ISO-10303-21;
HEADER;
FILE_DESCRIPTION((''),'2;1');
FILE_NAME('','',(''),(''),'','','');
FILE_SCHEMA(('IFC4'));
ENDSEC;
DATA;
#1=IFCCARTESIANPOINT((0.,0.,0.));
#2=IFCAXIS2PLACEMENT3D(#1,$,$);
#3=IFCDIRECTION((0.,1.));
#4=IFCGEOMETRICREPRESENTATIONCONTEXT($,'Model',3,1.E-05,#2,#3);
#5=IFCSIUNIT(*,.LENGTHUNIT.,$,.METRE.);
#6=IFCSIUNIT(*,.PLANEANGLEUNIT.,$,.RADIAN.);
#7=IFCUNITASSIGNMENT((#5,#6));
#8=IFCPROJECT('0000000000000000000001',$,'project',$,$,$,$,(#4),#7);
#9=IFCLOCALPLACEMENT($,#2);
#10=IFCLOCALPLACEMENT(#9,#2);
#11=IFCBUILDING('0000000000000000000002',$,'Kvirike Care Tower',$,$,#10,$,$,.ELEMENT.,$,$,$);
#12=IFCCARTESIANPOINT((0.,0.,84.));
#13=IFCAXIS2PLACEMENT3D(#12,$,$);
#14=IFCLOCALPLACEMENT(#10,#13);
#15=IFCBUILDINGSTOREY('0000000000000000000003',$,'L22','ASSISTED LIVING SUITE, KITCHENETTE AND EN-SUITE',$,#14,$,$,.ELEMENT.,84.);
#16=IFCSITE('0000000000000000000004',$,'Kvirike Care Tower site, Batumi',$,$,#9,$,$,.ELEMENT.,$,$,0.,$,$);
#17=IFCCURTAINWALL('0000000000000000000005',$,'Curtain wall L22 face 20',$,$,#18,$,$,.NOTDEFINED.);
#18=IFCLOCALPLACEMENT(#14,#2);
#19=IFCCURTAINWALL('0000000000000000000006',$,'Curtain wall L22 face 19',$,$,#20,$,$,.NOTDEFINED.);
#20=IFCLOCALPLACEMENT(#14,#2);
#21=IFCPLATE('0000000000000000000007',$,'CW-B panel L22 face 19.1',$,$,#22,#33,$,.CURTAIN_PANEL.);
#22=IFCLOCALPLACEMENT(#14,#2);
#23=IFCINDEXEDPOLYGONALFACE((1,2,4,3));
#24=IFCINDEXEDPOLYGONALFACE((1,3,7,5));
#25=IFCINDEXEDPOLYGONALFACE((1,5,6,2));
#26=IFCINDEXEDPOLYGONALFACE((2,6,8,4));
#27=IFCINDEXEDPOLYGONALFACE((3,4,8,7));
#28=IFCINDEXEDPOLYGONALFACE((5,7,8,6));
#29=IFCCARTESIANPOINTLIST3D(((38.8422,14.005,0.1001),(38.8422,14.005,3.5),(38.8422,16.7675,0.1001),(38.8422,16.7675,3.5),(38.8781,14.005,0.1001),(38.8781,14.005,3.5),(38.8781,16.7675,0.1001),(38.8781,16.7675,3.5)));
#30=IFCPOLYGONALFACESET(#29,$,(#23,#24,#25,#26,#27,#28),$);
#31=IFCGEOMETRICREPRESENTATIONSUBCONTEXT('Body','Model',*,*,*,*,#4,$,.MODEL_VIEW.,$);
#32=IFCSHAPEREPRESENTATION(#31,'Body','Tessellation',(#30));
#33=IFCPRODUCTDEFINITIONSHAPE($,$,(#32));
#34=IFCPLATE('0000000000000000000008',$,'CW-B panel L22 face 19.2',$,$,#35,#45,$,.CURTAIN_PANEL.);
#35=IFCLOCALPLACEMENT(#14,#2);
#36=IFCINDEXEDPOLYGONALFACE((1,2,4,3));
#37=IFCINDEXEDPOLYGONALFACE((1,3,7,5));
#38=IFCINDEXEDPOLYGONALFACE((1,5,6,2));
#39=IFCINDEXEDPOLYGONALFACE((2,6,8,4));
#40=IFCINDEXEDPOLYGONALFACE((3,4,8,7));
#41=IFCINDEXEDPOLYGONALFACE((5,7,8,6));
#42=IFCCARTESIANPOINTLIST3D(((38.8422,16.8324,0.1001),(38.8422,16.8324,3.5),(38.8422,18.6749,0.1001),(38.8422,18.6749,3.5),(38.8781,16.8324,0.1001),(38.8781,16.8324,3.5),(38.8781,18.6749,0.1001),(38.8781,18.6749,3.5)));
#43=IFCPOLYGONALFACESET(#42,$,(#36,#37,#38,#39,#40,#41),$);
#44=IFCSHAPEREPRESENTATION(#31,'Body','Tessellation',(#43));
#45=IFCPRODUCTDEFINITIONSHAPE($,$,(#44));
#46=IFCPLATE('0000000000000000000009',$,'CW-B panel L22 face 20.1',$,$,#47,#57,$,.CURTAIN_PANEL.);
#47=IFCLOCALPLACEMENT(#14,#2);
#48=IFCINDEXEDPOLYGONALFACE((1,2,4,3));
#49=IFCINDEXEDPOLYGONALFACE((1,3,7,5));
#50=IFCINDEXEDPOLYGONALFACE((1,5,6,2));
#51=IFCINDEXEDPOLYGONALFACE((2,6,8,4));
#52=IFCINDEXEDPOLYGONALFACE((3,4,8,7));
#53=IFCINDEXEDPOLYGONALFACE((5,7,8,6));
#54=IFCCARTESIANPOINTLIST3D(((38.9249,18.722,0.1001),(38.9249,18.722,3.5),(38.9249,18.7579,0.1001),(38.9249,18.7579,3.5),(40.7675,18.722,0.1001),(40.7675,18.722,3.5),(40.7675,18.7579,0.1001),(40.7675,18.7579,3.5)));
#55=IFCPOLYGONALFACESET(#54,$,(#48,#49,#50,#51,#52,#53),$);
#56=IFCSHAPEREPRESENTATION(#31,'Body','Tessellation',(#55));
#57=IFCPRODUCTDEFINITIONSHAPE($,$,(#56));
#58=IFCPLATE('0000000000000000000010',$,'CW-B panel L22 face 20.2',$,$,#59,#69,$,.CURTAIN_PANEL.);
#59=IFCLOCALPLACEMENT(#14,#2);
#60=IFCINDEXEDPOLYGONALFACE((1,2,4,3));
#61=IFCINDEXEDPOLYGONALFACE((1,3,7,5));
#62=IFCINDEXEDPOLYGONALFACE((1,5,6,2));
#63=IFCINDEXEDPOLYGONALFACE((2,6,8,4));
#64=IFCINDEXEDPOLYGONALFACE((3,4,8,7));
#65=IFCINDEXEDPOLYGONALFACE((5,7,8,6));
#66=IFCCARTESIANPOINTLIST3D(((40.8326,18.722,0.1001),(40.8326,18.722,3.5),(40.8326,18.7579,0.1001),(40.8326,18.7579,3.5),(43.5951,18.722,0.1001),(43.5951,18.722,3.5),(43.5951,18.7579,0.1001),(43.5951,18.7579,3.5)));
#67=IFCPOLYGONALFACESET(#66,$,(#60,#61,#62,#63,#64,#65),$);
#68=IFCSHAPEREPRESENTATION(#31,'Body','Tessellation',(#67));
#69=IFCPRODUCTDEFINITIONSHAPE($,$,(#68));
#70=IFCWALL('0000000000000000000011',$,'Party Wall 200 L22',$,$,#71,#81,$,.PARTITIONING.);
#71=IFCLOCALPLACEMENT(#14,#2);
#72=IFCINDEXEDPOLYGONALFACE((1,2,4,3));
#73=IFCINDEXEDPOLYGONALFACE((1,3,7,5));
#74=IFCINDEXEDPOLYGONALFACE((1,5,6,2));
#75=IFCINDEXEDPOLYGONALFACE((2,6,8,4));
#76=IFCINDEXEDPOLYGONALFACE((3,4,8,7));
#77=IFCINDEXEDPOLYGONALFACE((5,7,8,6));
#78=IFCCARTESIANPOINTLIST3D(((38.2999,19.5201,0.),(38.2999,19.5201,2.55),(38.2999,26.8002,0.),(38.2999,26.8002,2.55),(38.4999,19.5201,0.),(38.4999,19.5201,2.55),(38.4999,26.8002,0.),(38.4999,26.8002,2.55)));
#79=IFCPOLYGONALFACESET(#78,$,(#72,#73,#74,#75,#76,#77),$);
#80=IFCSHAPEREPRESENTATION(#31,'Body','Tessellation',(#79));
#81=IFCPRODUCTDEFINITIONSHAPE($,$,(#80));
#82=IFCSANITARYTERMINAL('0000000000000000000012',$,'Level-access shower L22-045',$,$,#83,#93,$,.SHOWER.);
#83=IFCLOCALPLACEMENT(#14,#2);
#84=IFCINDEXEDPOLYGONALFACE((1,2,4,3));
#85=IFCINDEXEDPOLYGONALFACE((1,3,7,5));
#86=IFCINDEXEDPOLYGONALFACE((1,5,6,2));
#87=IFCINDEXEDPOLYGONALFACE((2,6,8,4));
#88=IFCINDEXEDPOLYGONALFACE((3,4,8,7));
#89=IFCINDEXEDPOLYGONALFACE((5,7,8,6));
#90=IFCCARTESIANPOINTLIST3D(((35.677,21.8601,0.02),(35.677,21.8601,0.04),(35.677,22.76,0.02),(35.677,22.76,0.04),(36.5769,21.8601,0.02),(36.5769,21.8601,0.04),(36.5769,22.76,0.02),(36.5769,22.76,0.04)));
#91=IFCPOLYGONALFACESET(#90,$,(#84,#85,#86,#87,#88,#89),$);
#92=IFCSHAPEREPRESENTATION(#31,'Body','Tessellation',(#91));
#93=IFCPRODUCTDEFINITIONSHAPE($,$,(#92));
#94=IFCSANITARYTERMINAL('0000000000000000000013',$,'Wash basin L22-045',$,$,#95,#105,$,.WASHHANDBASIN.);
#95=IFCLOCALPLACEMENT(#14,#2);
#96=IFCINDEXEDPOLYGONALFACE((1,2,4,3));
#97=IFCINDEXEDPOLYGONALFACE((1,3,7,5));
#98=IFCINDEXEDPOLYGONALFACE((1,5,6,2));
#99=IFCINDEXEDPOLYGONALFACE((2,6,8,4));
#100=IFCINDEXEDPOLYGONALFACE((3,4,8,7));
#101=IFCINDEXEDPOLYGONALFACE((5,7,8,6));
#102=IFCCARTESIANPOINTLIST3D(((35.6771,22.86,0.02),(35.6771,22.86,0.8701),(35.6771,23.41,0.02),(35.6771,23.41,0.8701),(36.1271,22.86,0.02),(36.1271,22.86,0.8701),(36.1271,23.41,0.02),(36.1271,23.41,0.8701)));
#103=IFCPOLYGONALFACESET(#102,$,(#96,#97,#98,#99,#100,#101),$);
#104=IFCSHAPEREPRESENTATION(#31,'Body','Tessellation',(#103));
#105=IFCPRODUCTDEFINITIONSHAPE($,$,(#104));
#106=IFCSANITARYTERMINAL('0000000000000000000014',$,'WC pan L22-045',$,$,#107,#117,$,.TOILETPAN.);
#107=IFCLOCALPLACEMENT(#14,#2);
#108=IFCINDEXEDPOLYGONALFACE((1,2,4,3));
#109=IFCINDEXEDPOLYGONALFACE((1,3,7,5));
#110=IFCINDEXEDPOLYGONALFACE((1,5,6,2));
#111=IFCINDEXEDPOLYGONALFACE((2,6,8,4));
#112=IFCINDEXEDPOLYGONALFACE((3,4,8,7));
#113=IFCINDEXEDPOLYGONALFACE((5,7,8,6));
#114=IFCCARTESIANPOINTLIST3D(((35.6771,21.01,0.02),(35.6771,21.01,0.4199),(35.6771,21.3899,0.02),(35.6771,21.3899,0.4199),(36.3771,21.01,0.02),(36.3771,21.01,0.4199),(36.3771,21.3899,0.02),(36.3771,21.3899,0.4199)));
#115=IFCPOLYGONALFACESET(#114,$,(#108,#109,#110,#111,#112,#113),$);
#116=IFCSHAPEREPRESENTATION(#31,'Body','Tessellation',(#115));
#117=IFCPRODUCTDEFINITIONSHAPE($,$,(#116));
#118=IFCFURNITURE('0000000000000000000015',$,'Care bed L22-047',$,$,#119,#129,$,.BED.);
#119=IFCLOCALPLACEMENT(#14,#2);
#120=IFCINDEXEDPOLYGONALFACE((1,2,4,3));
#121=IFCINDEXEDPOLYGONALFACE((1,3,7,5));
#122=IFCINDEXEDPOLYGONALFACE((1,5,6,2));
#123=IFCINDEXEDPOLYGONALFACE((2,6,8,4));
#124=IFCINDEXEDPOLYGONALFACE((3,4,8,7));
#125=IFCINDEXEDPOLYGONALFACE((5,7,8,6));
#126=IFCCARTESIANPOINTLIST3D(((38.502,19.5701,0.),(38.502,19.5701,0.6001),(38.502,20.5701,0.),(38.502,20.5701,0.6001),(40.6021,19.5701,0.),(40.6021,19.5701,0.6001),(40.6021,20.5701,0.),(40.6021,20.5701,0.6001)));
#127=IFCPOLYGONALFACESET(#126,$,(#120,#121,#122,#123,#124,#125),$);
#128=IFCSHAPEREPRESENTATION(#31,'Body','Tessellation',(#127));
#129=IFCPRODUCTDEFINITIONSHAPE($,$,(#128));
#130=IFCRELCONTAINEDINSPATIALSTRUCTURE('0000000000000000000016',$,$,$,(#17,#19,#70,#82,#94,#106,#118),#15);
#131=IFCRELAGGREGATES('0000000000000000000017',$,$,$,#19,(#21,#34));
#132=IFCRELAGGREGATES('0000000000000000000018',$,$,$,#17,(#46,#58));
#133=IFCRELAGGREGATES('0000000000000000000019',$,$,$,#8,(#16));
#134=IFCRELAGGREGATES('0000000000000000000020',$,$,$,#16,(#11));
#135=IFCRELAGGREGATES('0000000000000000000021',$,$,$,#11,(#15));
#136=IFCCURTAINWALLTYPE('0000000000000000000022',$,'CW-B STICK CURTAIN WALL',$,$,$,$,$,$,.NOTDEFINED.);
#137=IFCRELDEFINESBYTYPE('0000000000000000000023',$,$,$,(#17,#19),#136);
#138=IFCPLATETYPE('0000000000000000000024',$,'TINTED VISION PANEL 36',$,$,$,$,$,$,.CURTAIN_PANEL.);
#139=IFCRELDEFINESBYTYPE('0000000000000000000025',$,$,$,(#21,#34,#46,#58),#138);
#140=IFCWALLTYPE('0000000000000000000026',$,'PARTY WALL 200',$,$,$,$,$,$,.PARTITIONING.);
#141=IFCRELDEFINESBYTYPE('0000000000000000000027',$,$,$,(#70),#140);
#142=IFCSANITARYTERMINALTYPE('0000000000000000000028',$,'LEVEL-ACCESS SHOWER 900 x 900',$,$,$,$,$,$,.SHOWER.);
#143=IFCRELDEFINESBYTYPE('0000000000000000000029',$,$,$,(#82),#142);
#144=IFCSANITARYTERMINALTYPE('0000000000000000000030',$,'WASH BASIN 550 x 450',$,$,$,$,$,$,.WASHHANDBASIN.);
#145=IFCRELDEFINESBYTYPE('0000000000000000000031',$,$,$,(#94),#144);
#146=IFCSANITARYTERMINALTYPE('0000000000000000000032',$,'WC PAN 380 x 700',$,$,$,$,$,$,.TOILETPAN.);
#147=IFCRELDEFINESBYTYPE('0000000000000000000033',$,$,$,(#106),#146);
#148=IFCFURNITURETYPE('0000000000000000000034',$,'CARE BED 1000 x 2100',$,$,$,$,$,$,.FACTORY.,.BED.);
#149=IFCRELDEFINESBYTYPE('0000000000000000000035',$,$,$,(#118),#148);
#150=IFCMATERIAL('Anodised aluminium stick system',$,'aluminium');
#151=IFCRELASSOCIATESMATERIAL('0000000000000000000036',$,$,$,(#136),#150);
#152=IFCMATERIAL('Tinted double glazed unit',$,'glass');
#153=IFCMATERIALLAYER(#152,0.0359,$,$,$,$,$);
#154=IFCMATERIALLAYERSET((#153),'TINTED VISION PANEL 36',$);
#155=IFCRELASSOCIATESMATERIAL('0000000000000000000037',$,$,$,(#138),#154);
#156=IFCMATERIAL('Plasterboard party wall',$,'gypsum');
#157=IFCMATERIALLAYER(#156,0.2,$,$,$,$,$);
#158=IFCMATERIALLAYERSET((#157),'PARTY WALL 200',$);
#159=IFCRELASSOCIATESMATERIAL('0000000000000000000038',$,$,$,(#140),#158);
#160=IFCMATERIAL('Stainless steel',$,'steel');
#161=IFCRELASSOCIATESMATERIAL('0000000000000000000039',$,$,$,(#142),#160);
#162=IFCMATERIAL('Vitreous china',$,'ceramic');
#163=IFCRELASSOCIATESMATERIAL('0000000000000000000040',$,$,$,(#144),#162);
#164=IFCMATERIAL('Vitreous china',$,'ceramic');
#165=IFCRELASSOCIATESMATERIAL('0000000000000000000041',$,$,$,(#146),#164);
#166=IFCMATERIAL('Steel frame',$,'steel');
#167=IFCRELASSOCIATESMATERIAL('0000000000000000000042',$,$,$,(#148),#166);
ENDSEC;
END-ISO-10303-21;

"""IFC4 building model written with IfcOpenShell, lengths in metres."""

from ifc_helpers import new_model, si_unit, direction, frame, frame_2d, origin, origin_2d, place, context, subcontext, project, spatial, rectangle, extrude, material, layer, layer_set, type_object, element, aggregate, save


model = new_model("IFC4")

# Units and contexts
model_context = context("Model", 3, precision=1e-05, world=origin(), true_north=direction((0.0, 1.0)))
body_context = subcontext(model_context, "Body", "Model", "MODEL_VIEW")
ifc_project = project(units=[si_unit("LENGTHUNIT", "METRE"), si_unit("PLANEANGLEUNIT", "RADIAN")], contexts=[model_context])

# Site, building, storey
site_placement = place(None, origin())
site = spatial("IfcSite", under=ifc_project, at=site_placement, Name="Kvirike Care Tower site, Batumi", CompositionType="ELEMENT", RefElevation=0.0)
building_placement = place(site_placement, origin())
building = spatial("IfcBuilding", under=site, at=building_placement, Name="Kvirike Care Tower", CompositionType="ELEMENT")
storey_placement = place(building_placement, frame((0.0, 0.0, 84.0)))
storey = spatial("IfcBuildingStorey", under=building, at=storey_placement, Name="L22", Description="ASSISTED LIVING SUITE, KITCHENETTE AND EN-SUITE", CompositionType="ELEMENT", Elevation=84.0)

# Curtain wall
ifc_material_1 = material(Name="Anodised aluminium stick system", Category="aluminium")
curtain_wall_type = type_object("IfcCurtainWallType", Name="CW-B STICK CURTAIN WALL", PredefinedType="NOTDEFINED", material=ifc_material_1)
curtain_wall_1_placement = place(storey_placement, origin())
curtain_wall_1 = element("IfcCurtainWall", 1, at=curtain_wall_1_placement, inside=storey, type_object=curtain_wall_type, Name="Curtain wall L22 face 20", PredefinedType="NOTDEFINED")

# Curtain wall
curtain_wall_2_placement = place(storey_placement, origin())
curtain_wall_2 = element("IfcCurtainWall", 2, at=curtain_wall_2_placement, inside=storey, type_object=curtain_wall_type, Name="Curtain wall L22 face 19", PredefinedType="NOTDEFINED")

# Plates
ifc_material_2 = material(Name="Tinted double glazed unit", Category="glass")
ifc_layer_1 = layer(ifc_material_2, 0.0359)
ifc_layer_set_1 = layer_set([ifc_layer_1], Name="TINTED VISION PANEL 36")
plate_type = type_object("IfcPlateType", Name="TINTED VISION PANEL 36", PredefinedType="CURTAIN_PANEL", material=ifc_layer_set_1)
plate_1_placement = place(storey_placement, frame((38.8601, 15.3862, 0.1001), z_axis=(0.0, 0.0, 1.0), x_axis=(0.0, 1.0, 0.0)))
plate_1 = element("IfcPlate", 3, at=plate_1_placement, type_object=plate_type, Name="CW-B panel L22 face 19.1", PredefinedType="CURTAIN_PANEL", context=body_context, shape_type="SweptSolid", body=[
    extrude(rectangle(XDim=2.7625, YDim=0.0359, at=origin_2d()), origin(), (0.0, 0.0, 1.0), 3.3999),
])
plate_2_placement = place(storey_placement, frame((38.8601, 17.7537, 0.1001), z_axis=(0.0, 0.0, 1.0), x_axis=(0.0, 1.0, 0.0)))
plate_2 = element("IfcPlate", 4, at=plate_2_placement, type_object=plate_type, Name="CW-B panel L22 face 19.2", PredefinedType="CURTAIN_PANEL", context=body_context, shape_type="SweptSolid", body=[
    extrude(rectangle(XDim=1.8425, YDim=0.0359, at=origin_2d()), origin(), (0.0, 0.0, 1.0), 3.3999),
])
aggregate(curtain_wall_2, [plate_1, plate_2])
plate_3_placement = place(storey_placement, frame((39.8462, 18.74, 0.1001), z_axis=(0.0, 0.0, 1.0), x_axis=(1.0, 0.0, 0.0)))
plate_3 = element("IfcPlate", 5, at=plate_3_placement, type_object=plate_type, Name="CW-B panel L22 face 20.1", PredefinedType="CURTAIN_PANEL", context=body_context, shape_type="SweptSolid", body=[
    extrude(rectangle(XDim=1.8425, YDim=0.0359, at=origin_2d()), origin(), (0.0, 0.0, 1.0), 3.3999),
])
plate_4_placement = place(storey_placement, frame((42.2139, 18.74, 0.1001), z_axis=(0.0, 0.0, 1.0), x_axis=(1.0, 0.0, 0.0)))
plate_4 = element("IfcPlate", 6, at=plate_4_placement, type_object=plate_type, Name="CW-B panel L22 face 20.2", PredefinedType="CURTAIN_PANEL", context=body_context, shape_type="SweptSolid", body=[
    extrude(rectangle(XDim=2.7625, YDim=0.0359, at=origin_2d()), origin(), (0.0, 0.0, 1.0), 3.3999),
])
aggregate(curtain_wall_1, [plate_3, plate_4])

# Wall
ifc_material_3 = material(Name="Plasterboard party wall", Category="gypsum")
ifc_layer_2 = layer(ifc_material_3, 0.2)
ifc_layer_set_2 = layer_set([ifc_layer_2], Name="PARTY WALL 200")
wall_type = type_object("IfcWallType", Name="PARTY WALL 200", PredefinedType="PARTITIONING", material=ifc_layer_set_2)
wall_placement = place(storey_placement, frame((38.3999, 19.52, 0.0), z_axis=(0.0, 0.0, 1.0), x_axis=(0.0, 1.0, 0.0)))
element("IfcWall", 7, at=wall_placement, inside=storey, type_object=wall_type, Name="Party Wall 200 L22", PredefinedType="PARTITIONING", context=body_context, shape_type="SweptSolid", body=[
    extrude(rectangle(XDim=7.28, YDim=0.2, at=frame_2d((3.6401, 0.0))), origin(), (0.0, 0.0, 1.0), 2.55),
])

# Sanitary terminals
ifc_material_4 = material(Name="Stainless steel", Category="steel")
sanitary_terminal_type_1 = type_object("IfcSanitaryTerminalType", Name="LEVEL-ACCESS SHOWER 900 x 900", PredefinedType="SHOWER", material=ifc_material_4)
sanitary_terminal_1_placement = place(storey_placement, frame((36.127, 22.3101, 0.02), z_axis=(0.0, 0.0, 1.0), x_axis=(0.0, 1.0, 0.0)))
element("IfcSanitaryTerminal", 8, at=sanitary_terminal_1_placement, inside=storey, type_object=sanitary_terminal_type_1, Name="Level-access shower L22-045", PredefinedType="SHOWER", context=body_context, shape_type="SweptSolid", body=[
    extrude(rectangle(XDim=0.8999, YDim=0.8999, at=origin_2d()), origin(), (0.0, 0.0, 1.0), 0.02),
])
ifc_material_5 = material(Name="Vitreous china", Category="ceramic")
sanitary_terminal_type_2 = type_object("IfcSanitaryTerminalType", Name="WASH BASIN 550 x 450", PredefinedType="WASHHANDBASIN", material=ifc_material_5)
sanitary_terminal_2_placement = place(storey_placement, frame((35.9021, 23.135, 0.02), z_axis=(0.0, 0.0, 1.0), x_axis=(0.0, 1.0, 0.0)))
element("IfcSanitaryTerminal", 9, at=sanitary_terminal_2_placement, inside=storey, type_object=sanitary_terminal_type_2, Name="Wash basin L22-045", PredefinedType="WASHHANDBASIN", context=body_context, shape_type="SweptSolid", body=[
    extrude(rectangle(XDim=0.55, YDim=0.45, at=origin_2d()), origin(), (0.0, 0.0, 1.0), 0.8501),
])
ifc_material_6 = material(Name="Vitreous china", Category="ceramic")
sanitary_terminal_type_3 = type_object("IfcSanitaryTerminalType", Name="WC PAN 380 x 700", PredefinedType="TOILETPAN", material=ifc_material_6)
sanitary_terminal_3_placement = place(storey_placement, frame((36.0271, 21.2, 0.02), z_axis=(0.0, 0.0, 1.0), x_axis=(0.0, 1.0, 0.0)))
element("IfcSanitaryTerminal", 10, at=sanitary_terminal_3_placement, inside=storey, type_object=sanitary_terminal_type_3, Name="WC pan L22-045", PredefinedType="TOILETPAN", context=body_context, shape_type="SweptSolid", body=[
    extrude(rectangle(XDim=0.3799, YDim=0.7, at=origin_2d()), origin(), (0.0, 0.0, 1.0), 0.3999),
])

# Furniture
ifc_material_7 = material(Name="Steel frame", Category="steel")
furniture_type = type_object("IfcFurnitureType", Name="CARE BED 1000 x 2100", AssemblyPlace="FACTORY", PredefinedType="BED", material=ifc_material_7)
furniture_placement = place(storey_placement, frame((39.552, 20.0701, 0.0), z_axis=(0.0, 0.0, 1.0), x_axis=(0.0, 1.0, 0.0)))
element("IfcFurniture", 11, at=furniture_placement, inside=storey, type_object=furniture_type, Name="Care bed L22-047", PredefinedType="BED", context=body_context, shape_type="SweptSolid", body=[
    extrude(rectangle(XDim=1.0, YDim=2.1001, at=origin_2d()), origin(), (0.0, 0.0, 1.0), 0.6001),
])

save(model, "model.ifc")
